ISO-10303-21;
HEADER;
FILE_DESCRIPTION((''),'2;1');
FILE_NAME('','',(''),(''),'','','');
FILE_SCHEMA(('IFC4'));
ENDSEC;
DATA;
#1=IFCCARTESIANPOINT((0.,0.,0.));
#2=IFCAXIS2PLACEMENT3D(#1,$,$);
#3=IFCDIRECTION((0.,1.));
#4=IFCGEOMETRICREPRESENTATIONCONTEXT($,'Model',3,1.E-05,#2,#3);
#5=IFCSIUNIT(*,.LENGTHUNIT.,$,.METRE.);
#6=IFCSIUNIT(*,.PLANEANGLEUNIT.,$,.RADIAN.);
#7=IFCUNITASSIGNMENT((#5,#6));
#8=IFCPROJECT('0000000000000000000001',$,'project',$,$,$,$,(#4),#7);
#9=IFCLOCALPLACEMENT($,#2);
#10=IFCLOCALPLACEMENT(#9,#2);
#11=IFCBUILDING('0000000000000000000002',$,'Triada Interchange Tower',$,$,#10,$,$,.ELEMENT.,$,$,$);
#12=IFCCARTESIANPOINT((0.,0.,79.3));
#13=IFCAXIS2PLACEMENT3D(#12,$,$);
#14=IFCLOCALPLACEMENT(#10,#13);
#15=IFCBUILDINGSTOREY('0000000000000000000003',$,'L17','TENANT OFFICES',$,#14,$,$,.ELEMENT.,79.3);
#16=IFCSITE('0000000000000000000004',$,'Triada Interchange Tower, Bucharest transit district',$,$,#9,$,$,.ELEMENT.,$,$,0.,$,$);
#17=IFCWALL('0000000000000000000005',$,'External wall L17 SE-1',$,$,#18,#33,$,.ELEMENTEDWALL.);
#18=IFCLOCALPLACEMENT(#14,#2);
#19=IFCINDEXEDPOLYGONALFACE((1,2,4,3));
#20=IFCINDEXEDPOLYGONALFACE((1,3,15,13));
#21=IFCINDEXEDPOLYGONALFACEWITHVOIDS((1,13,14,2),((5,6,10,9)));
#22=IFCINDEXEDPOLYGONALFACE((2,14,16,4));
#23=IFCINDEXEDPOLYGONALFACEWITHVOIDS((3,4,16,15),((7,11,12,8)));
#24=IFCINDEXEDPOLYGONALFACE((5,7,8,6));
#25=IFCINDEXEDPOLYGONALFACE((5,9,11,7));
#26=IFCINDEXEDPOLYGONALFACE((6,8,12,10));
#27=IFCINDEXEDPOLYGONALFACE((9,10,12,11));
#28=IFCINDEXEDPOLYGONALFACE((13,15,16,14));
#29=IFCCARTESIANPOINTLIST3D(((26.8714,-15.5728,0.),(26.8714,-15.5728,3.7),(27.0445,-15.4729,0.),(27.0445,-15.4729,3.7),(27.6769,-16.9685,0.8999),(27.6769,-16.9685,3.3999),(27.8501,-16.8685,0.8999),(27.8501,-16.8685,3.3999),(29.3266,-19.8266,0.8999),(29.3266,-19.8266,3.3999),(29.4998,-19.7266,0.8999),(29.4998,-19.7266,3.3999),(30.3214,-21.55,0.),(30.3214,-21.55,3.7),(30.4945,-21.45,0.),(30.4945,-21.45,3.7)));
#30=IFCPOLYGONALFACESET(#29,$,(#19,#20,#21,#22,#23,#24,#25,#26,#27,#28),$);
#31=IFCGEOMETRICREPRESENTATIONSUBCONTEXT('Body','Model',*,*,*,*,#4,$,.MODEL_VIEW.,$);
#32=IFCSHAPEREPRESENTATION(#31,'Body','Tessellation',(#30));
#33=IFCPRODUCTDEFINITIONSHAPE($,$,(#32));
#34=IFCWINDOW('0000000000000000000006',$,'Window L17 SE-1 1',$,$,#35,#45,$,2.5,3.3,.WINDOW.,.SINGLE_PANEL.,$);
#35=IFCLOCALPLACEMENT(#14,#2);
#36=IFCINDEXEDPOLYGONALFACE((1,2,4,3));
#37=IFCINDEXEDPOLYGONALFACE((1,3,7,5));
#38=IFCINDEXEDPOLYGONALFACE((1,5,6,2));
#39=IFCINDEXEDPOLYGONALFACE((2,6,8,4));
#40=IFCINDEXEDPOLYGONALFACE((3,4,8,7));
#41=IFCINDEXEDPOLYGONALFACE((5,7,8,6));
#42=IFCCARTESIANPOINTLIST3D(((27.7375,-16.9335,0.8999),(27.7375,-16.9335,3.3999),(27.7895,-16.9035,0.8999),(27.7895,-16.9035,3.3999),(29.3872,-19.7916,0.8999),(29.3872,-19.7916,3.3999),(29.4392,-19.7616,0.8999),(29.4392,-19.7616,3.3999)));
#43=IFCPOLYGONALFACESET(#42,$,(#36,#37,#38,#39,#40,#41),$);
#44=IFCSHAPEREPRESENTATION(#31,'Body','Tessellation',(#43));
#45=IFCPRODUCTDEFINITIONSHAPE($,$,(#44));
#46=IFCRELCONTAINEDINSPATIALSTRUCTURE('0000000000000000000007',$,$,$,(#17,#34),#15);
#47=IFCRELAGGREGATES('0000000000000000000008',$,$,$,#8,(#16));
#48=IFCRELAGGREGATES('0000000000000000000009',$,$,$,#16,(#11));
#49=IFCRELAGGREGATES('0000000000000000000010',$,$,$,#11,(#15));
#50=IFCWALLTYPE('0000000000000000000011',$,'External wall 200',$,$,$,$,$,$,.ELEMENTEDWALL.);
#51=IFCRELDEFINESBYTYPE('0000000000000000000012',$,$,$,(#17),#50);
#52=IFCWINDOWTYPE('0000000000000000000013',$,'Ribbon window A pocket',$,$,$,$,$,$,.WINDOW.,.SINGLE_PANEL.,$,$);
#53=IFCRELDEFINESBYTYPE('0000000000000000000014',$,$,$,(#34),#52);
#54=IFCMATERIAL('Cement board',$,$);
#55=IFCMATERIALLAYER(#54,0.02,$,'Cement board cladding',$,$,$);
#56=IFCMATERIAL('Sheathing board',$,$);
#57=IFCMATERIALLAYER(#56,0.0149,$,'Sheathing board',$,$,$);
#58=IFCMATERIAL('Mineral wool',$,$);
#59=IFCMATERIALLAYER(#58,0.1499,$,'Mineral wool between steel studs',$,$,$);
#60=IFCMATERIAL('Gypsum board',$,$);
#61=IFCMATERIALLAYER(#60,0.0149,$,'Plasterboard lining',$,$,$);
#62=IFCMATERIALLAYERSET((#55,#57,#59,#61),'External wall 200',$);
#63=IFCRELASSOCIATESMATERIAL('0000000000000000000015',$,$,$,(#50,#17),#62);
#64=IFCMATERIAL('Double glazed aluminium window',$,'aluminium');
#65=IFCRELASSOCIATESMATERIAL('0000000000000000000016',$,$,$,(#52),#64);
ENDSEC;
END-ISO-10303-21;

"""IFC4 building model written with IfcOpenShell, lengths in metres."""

from ifc_helpers import new_model, si_unit, direction, frame, frame_2d, origin, place, context, subcontext, project, spatial, rectangle, extrude, material, layer, layer_set, layer_usage, type_object, element, fill, save


model = new_model("IFC4")

# Units and contexts
model_context = context("Model", 3, precision=1e-05, world=origin(), true_north=direction((0.0, 1.0)))
body_context = subcontext(model_context, "Body", "Model", "MODEL_VIEW")
ifc_project = project(units=[si_unit("LENGTHUNIT", "METRE"), si_unit("PLANEANGLEUNIT", "RADIAN")], contexts=[model_context])

# Site, building, storey
site_placement = place(None, origin())
site = spatial("IfcSite", under=ifc_project, at=site_placement, Name="Triada Interchange Tower, Bucharest transit district", CompositionType="ELEMENT", RefElevation=0.0)
building_placement = place(site_placement, origin())
building = spatial("IfcBuilding", under=site, at=building_placement, Name="Triada Interchange Tower", CompositionType="ELEMENT")
storey_placement = place(building_placement, frame((0.0, 0.0, 79.3)))
storey = spatial("IfcBuildingStorey", under=building, at=storey_placement, Name="L17", Description="TENANT OFFICES", CompositionType="ELEMENT", Elevation=79.3)

# Wall, opening, window
ifc_material_1 = material(Name="Cement board")
ifc_layer_1 = layer(ifc_material_1, 0.02, Name="Cement board cladding")
ifc_material_2 = material(Name="Sheathing board")
ifc_layer_2 = layer(ifc_material_2, 0.0149, Name="Sheathing board")
ifc_material_3 = material(Name="Mineral wool")
ifc_layer_3 = layer(ifc_material_3, 0.1499, Name="Mineral wool between steel studs")
ifc_material_4 = material(Name="Gypsum board")
ifc_layer_4 = layer(ifc_material_4, 0.0149, Name="Plasterboard lining")
ifc_layer_set_1 = layer_set([ifc_layer_1, ifc_layer_2, ifc_layer_3, ifc_layer_4], Name="External wall 200")
ifc_layer_usage = layer_usage(ifc_layer_set_1, "AXIS2", "POSITIVE", -0.1001)
wall_type = type_object("IfcWallType", Name="External wall 200", PredefinedType="ELEMENTEDWALL", material=ifc_layer_set_1)
wall_1_placement = place(storey_placement, frame((30.408, -21.5, 0.0), z_axis=(0.0, 0.0, 1.0), x_axis=(-0.499902, 0.866082, 0.0)))
wall_1 = element("IfcWall", 1, at=wall_1_placement, inside=storey, type_object=wall_type, material=ifc_layer_usage, Name="External wall L17 SE-1", PredefinedType="ELEMENTEDWALL", context=body_context, shape_type="SweptSolid", body=[
    extrude(rectangle(XDim=6.9014, YDim=0.2, at=frame_2d((3.4507, 0.0))), origin(), (0.0, 0.0, 1.0), 3.7),
])
opening_1_placement = place(wall_1_placement, frame((1.99, 0.0, 0.8999)))
opening_1 = element("IfcOpeningElement", 2, at=opening_1_placement, cuts=wall_1, PredefinedType="OPENING", context=body_context, shape_type="SweptSolid", body=[
    extrude(rectangle(XDim=3.3, YDim=2.5, at=frame_2d((1.6499, 1.25))), frame((0.0, 0.1099, 0.0), z_axis=(0.0, -1.0, 0.0), x_axis=(1.0, 0.0, 0.0)), (0.0, 0.0, 1.0), 0.22),
])
ifc_material_5 = material(Name="Double glazed aluminium window", Category="aluminium")
window_type_1 = type_object("IfcWindowType", Name="Ribbon window A pocket", PartitioningType="SINGLE_PANEL", PredefinedType="WINDOW", material=ifc_material_5)
window_1_placement = place(opening_1_placement, origin())
window_1 = element("IfcWindow", 3, at=window_1_placement, inside=storey, type_object=window_type_1, Name="Window L17 SE-1 1", OverallHeight=2.5, OverallWidth=3.3, PartitioningType="SINGLE_PANEL", PredefinedType="WINDOW", context=body_context, shape_type="SweptSolid", body=[
    extrude(rectangle(XDim=3.3, YDim=2.5, at=frame_2d((1.6499, 1.25))), frame((0.0, 0.03, 0.0), z_axis=(0.0, -1.0, 0.0), x_axis=(1.0, 0.0, 0.0)), (0.0, 0.0, 1.0), 0.0601),
])
fill(opening_1, window_1)

save(model, "model.ifc")
